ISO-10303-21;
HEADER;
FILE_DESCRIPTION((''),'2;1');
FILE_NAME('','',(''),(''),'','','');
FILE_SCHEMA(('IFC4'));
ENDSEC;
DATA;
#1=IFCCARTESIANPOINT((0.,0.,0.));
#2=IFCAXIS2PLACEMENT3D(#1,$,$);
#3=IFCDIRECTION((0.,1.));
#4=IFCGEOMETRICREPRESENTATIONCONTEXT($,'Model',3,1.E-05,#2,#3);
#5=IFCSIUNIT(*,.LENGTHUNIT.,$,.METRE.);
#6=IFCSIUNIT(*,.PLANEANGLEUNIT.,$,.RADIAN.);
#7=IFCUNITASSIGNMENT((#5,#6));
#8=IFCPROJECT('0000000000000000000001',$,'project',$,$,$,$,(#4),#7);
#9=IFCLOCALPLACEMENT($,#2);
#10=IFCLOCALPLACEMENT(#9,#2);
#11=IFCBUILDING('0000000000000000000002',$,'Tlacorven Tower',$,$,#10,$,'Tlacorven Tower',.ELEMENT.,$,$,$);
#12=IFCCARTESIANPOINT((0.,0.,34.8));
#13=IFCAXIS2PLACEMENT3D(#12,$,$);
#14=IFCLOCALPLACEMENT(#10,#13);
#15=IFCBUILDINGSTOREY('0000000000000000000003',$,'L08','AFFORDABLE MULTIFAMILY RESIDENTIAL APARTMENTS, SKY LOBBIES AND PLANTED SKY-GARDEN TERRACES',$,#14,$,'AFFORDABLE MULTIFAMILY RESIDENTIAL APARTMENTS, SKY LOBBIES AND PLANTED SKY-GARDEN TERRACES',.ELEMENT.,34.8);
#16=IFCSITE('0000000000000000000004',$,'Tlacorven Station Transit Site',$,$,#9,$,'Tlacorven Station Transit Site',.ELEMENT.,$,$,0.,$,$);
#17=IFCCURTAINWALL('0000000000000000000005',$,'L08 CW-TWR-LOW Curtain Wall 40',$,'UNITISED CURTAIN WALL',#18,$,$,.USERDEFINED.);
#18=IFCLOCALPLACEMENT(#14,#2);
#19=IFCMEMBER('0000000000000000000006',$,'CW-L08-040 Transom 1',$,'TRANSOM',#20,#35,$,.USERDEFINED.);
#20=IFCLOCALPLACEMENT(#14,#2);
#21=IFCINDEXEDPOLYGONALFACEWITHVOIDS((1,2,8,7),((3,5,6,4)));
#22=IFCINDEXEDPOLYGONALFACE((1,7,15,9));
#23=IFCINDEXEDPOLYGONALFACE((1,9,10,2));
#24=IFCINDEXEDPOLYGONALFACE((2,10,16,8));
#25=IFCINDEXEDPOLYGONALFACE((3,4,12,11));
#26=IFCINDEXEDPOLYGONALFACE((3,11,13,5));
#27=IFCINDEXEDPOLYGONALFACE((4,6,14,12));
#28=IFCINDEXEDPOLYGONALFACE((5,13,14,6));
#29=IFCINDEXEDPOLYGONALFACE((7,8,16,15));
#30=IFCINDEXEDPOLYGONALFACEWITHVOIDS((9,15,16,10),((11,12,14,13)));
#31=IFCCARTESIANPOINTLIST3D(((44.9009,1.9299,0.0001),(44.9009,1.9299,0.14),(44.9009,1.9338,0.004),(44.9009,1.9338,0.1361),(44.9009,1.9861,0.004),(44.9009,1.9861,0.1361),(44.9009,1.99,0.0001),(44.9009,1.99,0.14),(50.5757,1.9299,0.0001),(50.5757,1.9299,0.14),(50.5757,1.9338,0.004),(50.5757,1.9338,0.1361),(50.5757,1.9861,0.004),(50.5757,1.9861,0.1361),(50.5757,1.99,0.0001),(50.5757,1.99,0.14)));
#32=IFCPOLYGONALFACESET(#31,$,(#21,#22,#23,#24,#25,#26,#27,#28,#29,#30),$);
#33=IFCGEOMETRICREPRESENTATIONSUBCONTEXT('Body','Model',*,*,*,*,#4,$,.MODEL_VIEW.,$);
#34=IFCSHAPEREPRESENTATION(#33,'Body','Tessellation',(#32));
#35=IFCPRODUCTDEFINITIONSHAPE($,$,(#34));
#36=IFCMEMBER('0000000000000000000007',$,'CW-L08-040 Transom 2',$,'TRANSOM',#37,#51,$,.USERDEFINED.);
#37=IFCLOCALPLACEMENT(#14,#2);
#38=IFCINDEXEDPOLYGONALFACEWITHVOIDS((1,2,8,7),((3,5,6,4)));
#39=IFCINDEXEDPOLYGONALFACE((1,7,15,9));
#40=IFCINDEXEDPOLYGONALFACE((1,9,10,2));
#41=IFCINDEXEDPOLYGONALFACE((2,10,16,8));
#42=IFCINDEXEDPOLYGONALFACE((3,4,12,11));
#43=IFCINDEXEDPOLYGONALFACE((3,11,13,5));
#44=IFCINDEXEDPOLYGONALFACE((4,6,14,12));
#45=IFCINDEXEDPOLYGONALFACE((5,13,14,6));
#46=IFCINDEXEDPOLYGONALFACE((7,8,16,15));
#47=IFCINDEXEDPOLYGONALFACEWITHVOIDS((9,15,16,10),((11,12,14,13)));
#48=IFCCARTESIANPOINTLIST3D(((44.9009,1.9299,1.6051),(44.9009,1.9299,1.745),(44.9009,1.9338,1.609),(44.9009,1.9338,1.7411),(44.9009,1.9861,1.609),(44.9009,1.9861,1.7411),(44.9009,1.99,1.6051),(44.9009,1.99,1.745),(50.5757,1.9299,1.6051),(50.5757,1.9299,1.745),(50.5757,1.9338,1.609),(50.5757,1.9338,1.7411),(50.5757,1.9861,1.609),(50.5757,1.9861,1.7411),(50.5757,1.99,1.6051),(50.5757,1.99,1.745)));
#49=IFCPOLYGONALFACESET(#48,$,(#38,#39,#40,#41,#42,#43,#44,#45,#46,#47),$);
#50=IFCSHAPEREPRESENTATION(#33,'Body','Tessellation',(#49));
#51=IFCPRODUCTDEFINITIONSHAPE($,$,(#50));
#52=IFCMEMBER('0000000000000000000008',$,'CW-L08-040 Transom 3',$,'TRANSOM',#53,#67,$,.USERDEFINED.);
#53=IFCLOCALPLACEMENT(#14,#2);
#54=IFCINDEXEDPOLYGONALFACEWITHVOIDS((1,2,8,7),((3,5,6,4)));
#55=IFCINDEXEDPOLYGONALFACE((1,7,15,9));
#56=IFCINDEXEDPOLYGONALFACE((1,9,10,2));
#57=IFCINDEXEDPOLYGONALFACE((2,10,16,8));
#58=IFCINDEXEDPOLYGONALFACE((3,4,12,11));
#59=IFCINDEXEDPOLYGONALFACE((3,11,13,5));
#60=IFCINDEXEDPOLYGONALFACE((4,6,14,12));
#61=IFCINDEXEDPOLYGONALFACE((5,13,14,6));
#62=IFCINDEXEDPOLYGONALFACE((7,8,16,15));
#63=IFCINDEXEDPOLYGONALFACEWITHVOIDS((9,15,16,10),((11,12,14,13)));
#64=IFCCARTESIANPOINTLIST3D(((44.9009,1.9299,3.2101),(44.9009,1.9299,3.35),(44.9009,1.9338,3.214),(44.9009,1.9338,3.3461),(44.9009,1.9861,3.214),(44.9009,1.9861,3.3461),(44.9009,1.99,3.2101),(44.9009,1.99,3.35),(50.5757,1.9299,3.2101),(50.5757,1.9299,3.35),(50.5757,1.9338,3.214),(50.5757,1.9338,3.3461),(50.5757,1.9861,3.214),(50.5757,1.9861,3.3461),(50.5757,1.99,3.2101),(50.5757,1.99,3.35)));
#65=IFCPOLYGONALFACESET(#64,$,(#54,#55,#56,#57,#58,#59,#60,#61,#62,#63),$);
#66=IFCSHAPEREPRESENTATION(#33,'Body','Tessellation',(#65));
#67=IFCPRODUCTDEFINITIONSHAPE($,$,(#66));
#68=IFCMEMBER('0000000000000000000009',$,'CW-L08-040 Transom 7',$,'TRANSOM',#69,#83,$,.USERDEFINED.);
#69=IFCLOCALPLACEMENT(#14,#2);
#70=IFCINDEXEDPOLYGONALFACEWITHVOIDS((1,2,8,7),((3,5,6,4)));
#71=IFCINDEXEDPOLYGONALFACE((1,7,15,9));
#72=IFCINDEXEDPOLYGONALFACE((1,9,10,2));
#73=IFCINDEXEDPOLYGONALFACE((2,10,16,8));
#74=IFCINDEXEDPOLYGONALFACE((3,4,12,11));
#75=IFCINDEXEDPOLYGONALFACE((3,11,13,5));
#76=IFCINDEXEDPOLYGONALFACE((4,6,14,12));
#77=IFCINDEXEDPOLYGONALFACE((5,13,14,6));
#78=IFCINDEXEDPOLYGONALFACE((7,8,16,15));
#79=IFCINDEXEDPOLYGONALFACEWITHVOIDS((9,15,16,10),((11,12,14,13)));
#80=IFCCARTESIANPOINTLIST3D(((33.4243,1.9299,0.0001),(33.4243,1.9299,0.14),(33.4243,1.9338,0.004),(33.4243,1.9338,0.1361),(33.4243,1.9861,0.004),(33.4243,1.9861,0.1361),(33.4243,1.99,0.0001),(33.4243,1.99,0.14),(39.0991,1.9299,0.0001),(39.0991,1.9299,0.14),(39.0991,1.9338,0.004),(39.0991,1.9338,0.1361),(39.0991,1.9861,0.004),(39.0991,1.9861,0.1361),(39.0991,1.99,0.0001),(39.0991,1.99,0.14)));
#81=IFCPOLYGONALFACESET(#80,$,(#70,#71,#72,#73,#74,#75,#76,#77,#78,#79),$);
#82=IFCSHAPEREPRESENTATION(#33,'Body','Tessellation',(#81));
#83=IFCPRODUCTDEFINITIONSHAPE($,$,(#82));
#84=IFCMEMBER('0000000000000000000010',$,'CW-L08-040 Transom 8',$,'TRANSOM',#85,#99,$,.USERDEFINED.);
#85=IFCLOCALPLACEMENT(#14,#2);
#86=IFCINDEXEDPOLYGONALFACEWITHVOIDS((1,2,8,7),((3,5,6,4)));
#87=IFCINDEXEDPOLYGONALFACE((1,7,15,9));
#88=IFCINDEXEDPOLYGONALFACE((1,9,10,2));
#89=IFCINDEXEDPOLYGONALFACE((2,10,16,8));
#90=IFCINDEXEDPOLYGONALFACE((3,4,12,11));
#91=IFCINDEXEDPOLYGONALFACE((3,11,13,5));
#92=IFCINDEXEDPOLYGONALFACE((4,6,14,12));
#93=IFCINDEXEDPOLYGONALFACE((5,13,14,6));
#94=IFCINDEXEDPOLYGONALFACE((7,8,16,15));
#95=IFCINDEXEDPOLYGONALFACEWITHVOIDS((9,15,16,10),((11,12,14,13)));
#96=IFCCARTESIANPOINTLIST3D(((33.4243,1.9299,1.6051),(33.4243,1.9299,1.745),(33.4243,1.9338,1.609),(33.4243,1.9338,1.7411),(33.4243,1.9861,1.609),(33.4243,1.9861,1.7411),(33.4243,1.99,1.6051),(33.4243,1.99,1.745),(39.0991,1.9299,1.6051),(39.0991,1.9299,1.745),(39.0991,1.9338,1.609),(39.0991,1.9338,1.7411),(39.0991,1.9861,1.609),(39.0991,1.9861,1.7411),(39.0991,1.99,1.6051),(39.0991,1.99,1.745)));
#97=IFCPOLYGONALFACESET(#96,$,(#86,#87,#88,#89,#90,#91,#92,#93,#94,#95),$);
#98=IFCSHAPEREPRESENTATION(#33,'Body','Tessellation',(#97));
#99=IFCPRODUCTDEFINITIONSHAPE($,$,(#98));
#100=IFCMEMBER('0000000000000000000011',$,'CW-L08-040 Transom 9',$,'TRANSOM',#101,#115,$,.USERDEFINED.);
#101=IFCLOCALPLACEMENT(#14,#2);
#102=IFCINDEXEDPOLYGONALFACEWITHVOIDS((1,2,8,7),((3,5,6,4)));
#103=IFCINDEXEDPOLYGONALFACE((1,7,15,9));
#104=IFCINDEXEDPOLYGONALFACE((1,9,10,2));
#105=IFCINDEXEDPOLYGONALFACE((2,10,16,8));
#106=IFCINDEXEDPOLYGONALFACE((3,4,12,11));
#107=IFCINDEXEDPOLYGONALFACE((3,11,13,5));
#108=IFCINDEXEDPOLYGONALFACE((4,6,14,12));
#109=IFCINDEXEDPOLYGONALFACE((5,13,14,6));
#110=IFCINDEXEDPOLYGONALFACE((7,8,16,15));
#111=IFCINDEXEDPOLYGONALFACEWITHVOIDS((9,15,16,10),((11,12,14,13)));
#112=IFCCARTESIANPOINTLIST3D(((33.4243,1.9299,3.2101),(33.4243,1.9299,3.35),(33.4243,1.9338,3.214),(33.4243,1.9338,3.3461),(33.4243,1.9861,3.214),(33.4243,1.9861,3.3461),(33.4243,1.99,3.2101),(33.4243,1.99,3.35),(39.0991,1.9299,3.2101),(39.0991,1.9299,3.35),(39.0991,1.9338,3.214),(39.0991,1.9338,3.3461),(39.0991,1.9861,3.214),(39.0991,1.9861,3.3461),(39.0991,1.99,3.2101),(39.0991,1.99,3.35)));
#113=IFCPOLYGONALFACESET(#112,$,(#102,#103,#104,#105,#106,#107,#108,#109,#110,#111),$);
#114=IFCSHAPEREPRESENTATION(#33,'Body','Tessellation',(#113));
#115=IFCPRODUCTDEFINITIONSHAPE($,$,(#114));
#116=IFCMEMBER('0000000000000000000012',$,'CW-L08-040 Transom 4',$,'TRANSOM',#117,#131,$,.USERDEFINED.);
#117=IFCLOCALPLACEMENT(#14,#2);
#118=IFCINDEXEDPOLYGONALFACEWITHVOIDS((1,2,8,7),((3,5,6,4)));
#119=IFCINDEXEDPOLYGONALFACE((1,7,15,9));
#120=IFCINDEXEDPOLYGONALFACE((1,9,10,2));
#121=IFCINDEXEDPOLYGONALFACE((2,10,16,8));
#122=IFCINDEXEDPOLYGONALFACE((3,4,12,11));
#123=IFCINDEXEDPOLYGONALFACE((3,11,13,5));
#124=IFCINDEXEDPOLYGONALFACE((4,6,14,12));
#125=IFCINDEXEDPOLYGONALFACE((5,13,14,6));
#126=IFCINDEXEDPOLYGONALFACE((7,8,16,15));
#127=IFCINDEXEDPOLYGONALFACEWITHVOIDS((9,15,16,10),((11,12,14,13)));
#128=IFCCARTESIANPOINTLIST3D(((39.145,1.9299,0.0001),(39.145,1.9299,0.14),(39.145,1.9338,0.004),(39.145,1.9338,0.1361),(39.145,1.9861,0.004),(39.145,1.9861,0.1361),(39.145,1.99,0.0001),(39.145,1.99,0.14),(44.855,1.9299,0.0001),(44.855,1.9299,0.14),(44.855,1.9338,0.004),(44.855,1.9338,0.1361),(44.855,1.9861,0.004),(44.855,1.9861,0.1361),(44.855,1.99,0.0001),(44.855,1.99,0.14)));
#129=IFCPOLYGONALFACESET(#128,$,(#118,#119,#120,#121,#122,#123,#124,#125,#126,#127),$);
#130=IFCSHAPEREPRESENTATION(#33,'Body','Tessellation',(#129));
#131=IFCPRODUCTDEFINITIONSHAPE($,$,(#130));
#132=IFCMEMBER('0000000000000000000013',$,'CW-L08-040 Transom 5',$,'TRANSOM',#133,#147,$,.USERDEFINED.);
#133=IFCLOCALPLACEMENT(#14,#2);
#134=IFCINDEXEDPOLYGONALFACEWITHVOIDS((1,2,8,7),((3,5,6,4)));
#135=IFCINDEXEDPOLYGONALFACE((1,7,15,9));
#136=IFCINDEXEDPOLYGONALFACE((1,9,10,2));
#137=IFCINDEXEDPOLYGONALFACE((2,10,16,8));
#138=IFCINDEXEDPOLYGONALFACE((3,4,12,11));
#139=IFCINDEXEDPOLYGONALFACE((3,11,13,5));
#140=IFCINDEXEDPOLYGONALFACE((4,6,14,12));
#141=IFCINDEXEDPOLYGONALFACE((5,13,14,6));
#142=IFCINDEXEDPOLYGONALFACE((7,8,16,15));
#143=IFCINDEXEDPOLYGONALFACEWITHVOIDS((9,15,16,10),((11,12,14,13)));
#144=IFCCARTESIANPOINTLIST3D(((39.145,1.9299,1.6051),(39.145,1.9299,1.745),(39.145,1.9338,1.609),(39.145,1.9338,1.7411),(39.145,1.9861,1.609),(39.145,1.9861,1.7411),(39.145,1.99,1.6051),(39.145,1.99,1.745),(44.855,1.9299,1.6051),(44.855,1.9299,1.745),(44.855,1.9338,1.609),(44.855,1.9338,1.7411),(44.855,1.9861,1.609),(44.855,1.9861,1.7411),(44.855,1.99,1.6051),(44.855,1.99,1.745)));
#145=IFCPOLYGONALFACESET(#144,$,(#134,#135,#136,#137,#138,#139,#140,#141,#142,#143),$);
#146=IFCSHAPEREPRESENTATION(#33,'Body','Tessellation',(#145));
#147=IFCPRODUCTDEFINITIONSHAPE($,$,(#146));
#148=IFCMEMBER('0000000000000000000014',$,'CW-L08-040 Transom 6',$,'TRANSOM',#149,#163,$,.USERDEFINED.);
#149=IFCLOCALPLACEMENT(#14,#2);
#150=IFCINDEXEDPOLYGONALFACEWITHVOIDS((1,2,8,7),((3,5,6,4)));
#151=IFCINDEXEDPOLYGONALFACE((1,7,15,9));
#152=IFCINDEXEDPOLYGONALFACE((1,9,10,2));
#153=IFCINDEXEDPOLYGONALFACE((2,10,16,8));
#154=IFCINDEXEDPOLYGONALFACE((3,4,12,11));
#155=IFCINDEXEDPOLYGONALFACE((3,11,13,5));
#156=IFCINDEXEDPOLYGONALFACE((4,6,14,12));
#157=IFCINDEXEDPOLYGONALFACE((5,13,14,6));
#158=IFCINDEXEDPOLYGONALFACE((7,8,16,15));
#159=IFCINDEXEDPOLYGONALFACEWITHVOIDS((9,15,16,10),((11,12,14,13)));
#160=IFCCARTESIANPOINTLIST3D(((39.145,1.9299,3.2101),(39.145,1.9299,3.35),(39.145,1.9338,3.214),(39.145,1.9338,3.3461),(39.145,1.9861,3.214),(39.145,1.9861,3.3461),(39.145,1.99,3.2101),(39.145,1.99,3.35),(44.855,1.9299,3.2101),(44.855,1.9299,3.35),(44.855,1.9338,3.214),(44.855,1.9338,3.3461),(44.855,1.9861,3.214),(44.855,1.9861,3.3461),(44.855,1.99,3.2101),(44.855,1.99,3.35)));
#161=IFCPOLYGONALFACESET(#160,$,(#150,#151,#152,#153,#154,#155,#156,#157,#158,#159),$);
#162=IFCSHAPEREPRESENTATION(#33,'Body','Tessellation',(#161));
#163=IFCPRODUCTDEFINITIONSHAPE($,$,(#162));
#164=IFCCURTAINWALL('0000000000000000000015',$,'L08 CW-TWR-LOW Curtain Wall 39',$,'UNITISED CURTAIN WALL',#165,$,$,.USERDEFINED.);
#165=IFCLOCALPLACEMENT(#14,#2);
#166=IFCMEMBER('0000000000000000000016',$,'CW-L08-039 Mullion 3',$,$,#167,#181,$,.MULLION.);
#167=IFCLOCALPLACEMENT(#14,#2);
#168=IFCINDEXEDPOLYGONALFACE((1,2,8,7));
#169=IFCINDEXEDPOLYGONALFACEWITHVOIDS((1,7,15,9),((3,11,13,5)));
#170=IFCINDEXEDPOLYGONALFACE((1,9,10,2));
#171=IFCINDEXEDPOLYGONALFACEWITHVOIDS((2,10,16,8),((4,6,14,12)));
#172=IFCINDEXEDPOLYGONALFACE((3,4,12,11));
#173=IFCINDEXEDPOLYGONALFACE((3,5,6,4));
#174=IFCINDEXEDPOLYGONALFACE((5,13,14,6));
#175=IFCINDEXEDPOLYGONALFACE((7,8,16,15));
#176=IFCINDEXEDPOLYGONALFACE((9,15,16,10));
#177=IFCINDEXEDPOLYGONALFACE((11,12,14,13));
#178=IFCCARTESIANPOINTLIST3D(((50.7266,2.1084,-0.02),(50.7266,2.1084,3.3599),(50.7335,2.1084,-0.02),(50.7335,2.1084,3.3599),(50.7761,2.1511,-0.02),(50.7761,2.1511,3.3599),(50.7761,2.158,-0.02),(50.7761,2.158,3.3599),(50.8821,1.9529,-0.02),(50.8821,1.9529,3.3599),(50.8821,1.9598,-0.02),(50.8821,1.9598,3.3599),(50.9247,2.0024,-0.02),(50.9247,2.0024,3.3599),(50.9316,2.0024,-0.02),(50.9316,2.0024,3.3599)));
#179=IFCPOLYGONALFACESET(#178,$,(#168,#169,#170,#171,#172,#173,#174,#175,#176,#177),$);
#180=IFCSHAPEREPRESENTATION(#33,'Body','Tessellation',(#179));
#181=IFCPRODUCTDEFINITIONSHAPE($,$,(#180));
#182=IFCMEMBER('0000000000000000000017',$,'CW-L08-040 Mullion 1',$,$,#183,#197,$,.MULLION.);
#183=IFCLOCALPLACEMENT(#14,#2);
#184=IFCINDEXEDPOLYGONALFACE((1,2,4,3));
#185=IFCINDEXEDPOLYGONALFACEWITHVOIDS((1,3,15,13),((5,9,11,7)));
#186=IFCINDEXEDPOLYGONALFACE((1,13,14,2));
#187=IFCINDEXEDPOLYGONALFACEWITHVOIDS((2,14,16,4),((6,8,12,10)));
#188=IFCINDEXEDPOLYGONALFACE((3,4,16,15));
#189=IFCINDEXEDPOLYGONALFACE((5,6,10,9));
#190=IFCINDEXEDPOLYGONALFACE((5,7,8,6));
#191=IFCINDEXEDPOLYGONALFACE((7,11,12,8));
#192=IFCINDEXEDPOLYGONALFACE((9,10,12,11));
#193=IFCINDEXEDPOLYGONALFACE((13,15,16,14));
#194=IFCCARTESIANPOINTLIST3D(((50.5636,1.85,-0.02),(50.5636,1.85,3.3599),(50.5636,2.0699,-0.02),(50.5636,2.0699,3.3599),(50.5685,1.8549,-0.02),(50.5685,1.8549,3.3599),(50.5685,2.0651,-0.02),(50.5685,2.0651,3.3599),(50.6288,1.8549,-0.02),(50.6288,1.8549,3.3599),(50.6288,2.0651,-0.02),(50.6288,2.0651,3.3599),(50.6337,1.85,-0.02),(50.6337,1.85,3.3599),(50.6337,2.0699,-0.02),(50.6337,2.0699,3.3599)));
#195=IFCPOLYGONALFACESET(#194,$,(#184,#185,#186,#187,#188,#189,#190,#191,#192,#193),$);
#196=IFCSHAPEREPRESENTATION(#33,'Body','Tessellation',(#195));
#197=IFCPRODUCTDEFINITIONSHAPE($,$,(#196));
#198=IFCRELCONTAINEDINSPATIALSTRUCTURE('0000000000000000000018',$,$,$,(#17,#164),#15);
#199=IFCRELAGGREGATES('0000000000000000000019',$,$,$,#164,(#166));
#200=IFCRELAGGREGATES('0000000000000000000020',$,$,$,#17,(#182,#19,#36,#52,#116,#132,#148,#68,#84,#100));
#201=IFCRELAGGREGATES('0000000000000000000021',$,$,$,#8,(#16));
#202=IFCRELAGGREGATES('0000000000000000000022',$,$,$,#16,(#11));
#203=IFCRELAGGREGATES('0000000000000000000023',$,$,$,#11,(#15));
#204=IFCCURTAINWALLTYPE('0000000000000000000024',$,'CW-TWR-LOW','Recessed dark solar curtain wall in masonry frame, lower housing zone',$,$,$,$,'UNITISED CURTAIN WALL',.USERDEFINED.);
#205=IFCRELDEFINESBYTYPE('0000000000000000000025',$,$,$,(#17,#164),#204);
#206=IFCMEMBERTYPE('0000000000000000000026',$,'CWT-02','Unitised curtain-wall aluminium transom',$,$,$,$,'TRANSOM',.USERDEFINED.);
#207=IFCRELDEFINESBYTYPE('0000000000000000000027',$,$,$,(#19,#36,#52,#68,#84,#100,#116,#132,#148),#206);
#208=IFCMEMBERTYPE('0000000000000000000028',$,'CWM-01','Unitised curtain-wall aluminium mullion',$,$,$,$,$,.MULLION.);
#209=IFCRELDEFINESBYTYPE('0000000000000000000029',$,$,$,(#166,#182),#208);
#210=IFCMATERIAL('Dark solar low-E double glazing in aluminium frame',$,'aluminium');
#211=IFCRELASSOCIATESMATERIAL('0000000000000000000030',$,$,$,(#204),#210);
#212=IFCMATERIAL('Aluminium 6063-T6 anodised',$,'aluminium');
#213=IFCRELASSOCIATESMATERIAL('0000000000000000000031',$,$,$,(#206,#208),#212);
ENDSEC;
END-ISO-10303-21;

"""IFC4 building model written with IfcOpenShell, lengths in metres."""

from ifc_helpers import new_model, si_unit, direction, frame, origin, origin_2d, place, context, subcontext, project, spatial, hollow_rectangle, extrude, source, transform, mapped, material, material_profile, profile_set, type_object, element, aggregate, save


model = new_model("IFC4")

# Units and contexts
model_context = context("Model", 3, precision=1e-05, world=origin(), true_north=direction((0.0, 1.0)))
body_context = subcontext(model_context, "Body", "Model", "MODEL_VIEW")
ifc_project = project(units=[si_unit("LENGTHUNIT", "METRE"), si_unit("PLANEANGLEUNIT", "RADIAN")], contexts=[model_context])

# Site, building, storey
site_placement = place(None, origin())
site = spatial("IfcSite", under=ifc_project, at=site_placement, Name="Tlacorven Station Transit Site", LongName="Tlacorven Station Transit Site", CompositionType="ELEMENT", RefElevation=0.0)
building_placement = place(site_placement, origin())
building = spatial("IfcBuilding", under=site, at=building_placement, Name="Tlacorven Tower", LongName="Tlacorven Tower", CompositionType="ELEMENT")
storey_placement = place(building_placement, frame((0.0, 0.0, 34.8)))
storey = spatial("IfcBuildingStorey", under=building, at=storey_placement, Name="L08", Description="AFFORDABLE MULTIFAMILY RESIDENTIAL APARTMENTS, SKY LOBBIES AND PLANTED SKY-GARDEN TERRACES", LongName="AFFORDABLE MULTIFAMILY RESIDENTIAL APARTMENTS, SKY LOBBIES AND PLANTED SKY-GARDEN TERRACES", CompositionType="ELEMENT", Elevation=34.8)

# Curtain wall, members
ifc_material_1 = material(Name="Dark solar low-E double glazing in aluminium frame", Category="aluminium")
curtain_wall_type = type_object("IfcCurtainWallType", Name="CW-TWR-LOW", Description="Recessed dark solar curtain wall in masonry frame, lower housing zone", ElementType="UNITISED CURTAIN WALL", PredefinedType="USERDEFINED", material=ifc_material_1)
curtain_wall_1_placement = place(storey_placement, origin())
curtain_wall_1 = element("IfcCurtainWall", 1, at=curtain_wall_1_placement, inside=storey, type_object=curtain_wall_type, Name="L08 CW-TWR-LOW Curtain Wall 40", ObjectType="UNITISED CURTAIN WALL", PredefinedType="USERDEFINED")
ifc_material_2 = material(Name="Aluminium 6063-T6 anodised", Category="aluminium")
ifc_material_profile_1 = material_profile(ifc_material_2, hollow_rectangle(XDim=0.0601, YDim=0.1399, WallThickness=0.0039, at=origin_2d()), Name="ALU TRANSOM 60X140")
ifc_profile_set_1 = profile_set([ifc_material_profile_1], Name="Aluminium 6063-T6 anodised")
member_type_1 = type_object("IfcMemberType", Name="CWT-02", Description="Unitised curtain-wall aluminium transom", ElementType="TRANSOM", PredefinedType="USERDEFINED", material=ifc_profile_set_1)
shared_shape_1 = source(origin(), body_context, "Body", "SweptSolid", [
    extrude(hollow_rectangle(XDim=0.0601, YDim=0.1399, WallThickness=0.0039, at=origin_2d()), origin(), (0.0, 0.0, 1.0), 5.6748),
])
member_1_placement = place(storey_placement, frame((50.5757, 1.96, 0.0701), z_axis=(-1.0, 0.0, 0.0), x_axis=(0.0, -1.0, 0.0)))
member_1 = element("IfcMember", 2, at=member_1_placement, type_object=member_type_1, Name="CW-L08-040 Transom 1", ObjectType="TRANSOM", PredefinedType="USERDEFINED", context=body_context, shape_type="MappedRepresentation", body=[
    mapped(shared_shape_1, transform((0.0, 0.0, 0.0), scale=1.0)),
])
member_2_placement = place(storey_placement, frame((50.5757, 1.96, 1.675), z_axis=(-1.0, 0.0, 0.0), x_axis=(0.0, -1.0, 0.0)))
member_2 = element("IfcMember", 3, at=member_2_placement, type_object=member_type_1, Name="CW-L08-040 Transom 2", ObjectType="TRANSOM", PredefinedType="USERDEFINED", context=body_context, shape_type="MappedRepresentation", body=[
    mapped(shared_shape_1, transform((0.0, 0.0, 0.0), scale=1.0)),
])
member_3_placement = place(storey_placement, frame((50.5757, 1.96, 3.28), z_axis=(-1.0, 0.0, 0.0), x_axis=(0.0, -1.0, 0.0)))
member_3 = element("IfcMember", 4, at=member_3_placement, type_object=member_type_1, Name="CW-L08-040 Transom 3", ObjectType="TRANSOM", PredefinedType="USERDEFINED", context=body_context, shape_type="MappedRepresentation", body=[
    mapped(shared_shape_1, transform((0.0, 0.0, 0.0), scale=1.0)),
])
member_4_placement = place(storey_placement, frame((39.0991, 1.96, 0.0701), z_axis=(-1.0, 0.0, 0.0), x_axis=(0.0, -1.0, 0.0)))
member_4 = element("IfcMember", 5, at=member_4_placement, type_object=member_type_1, Name="CW-L08-040 Transom 7", ObjectType="TRANSOM", PredefinedType="USERDEFINED", context=body_context, shape_type="MappedRepresentation", body=[
    mapped(shared_shape_1, transform((0.0, 0.0, 0.0), scale=1.0)),
])
member_5_placement = place(storey_placement, frame((39.0991, 1.96, 1.675), z_axis=(-1.0, 0.0, 0.0), x_axis=(0.0, -1.0, 0.0)))
member_5 = element("IfcMember", 6, at=member_5_placement, type_object=member_type_1, Name="CW-L08-040 Transom 8", ObjectType="TRANSOM", PredefinedType="USERDEFINED", context=body_context, shape_type="MappedRepresentation", body=[
    mapped(shared_shape_1, transform((0.0, 0.0, 0.0), scale=1.0)),
])
member_6_placement = place(storey_placement, frame((39.0991, 1.96, 3.28), z_axis=(-1.0, 0.0, 0.0), x_axis=(0.0, -1.0, 0.0)))
member_6 = element("IfcMember", 7, at=member_6_placement, type_object=member_type_1, Name="CW-L08-040 Transom 9", ObjectType="TRANSOM", PredefinedType="USERDEFINED", context=body_context, shape_type="MappedRepresentation", body=[
    mapped(shared_shape_1, transform((0.0, 0.0, 0.0), scale=1.0)),
])
shared_shape_2 = source(origin(), body_context, "Body", "SweptSolid", [
    extrude(hollow_rectangle(XDim=0.0601, YDim=0.1399, WallThickness=0.0039, at=origin_2d()), origin(), (0.0, 0.0, 1.0), 5.71),
])
member_7_placement = place(storey_placement, frame((44.855, 1.96, 0.0701), z_axis=(-1.0, 0.0, 0.0), x_axis=(0.0, -1.0, 0.0)))
member_7 = element("IfcMember", 8, at=member_7_placement, type_object=member_type_1, Name="CW-L08-040 Transom 4", ObjectType="TRANSOM", PredefinedType="USERDEFINED", context=body_context, shape_type="MappedRepresentation", body=[
    mapped(shared_shape_2, transform((0.0, 0.0, 0.0), scale=1.0)),
])
member_8_placement = place(storey_placement, frame((44.855, 1.96, 1.675), z_axis=(-1.0, 0.0, 0.0), x_axis=(0.0, -1.0, 0.0)))
member_8 = element("IfcMember", 9, at=member_8_placement, type_object=member_type_1, Name="CW-L08-040 Transom 5", ObjectType="TRANSOM", PredefinedType="USERDEFINED", context=body_context, shape_type="MappedRepresentation", body=[
    mapped(shared_shape_2, transform((0.0, 0.0, 0.0), scale=1.0)),
])
member_9_placement = place(storey_placement, frame((44.855, 1.96, 3.28), z_axis=(-1.0, 0.0, 0.0), x_axis=(0.0, -1.0, 0.0)))
member_9 = element("IfcMember", 10, at=member_9_placement, type_object=member_type_1, Name="CW-L08-040 Transom 6", ObjectType="TRANSOM", PredefinedType="USERDEFINED", context=body_context, shape_type="MappedRepresentation", body=[
    mapped(shared_shape_2, transform((0.0, 0.0, 0.0), scale=1.0)),
])

# Curtain wall, member
curtain_wall_2_placement = place(storey_placement, origin())
curtain_wall_2 = element("IfcCurtainWall", 11, at=curtain_wall_2_placement, inside=storey, type_object=curtain_wall_type, Name="L08 CW-TWR-LOW Curtain Wall 39", ObjectType="UNITISED CURTAIN WALL", PredefinedType="USERDEFINED")
ifc_material_profile_2 = material_profile(ifc_material_2, hollow_rectangle(XDim=0.0701, YDim=0.22, WallThickness=0.0049, at=origin_2d()), Name="ALU MULLION 70X220")
ifc_profile_set_2 = profile_set([ifc_material_profile_2], Name="Aluminium 6063-T6 anodised")
member_type_2 = type_object("IfcMemberType", Name="CWM-01", Description="Unitised curtain-wall aluminium mullion", PredefinedType="MULLION", material=ifc_profile_set_2)
shared_shape_3 = source(origin(), body_context, "Body", "SweptSolid", [
    extrude(hollow_rectangle(XDim=0.0701, YDim=0.22, WallThickness=0.0049, at=origin_2d()), origin(), (0.0, 0.0, 1.0), 3.3799),
])
member_10_placement = place(storey_placement, frame((50.8291, 2.0554, -0.02), z_axis=(0.0, 0.0, 1.0), x_axis=(-0.707107, -0.707107, 0.0)))
member_10 = element("IfcMember", 12, at=member_10_placement, type_object=member_type_2, Name="CW-L08-039 Mullion 3", PredefinedType="MULLION", context=body_context, shape_type="MappedRepresentation", body=[
    mapped(shared_shape_3, transform((0.0, 0.0, 0.0), scale=1.0)),
])

# Member
member_11_placement = place(storey_placement, frame((50.5986, 1.96, -0.02), z_axis=(0.0, 0.0, 1.0), x_axis=(-1.0, 0.0, 0.0)))
member_11 = element("IfcMember", 13, at=member_11_placement, type_object=member_type_2, Name="CW-L08-040 Mullion 1", PredefinedType="MULLION", context=body_context, shape_type="MappedRepresentation", body=[
    mapped(shared_shape_3, transform((0.0, 0.0, 0.0), scale=1.0)),
])

aggregate(curtain_wall_2, [member_10])
aggregate(curtain_wall_1, [member_11, member_1, member_2, member_3, member_7, member_8, member_9, member_4, member_5, member_6])

save(model, "model.ifc")
